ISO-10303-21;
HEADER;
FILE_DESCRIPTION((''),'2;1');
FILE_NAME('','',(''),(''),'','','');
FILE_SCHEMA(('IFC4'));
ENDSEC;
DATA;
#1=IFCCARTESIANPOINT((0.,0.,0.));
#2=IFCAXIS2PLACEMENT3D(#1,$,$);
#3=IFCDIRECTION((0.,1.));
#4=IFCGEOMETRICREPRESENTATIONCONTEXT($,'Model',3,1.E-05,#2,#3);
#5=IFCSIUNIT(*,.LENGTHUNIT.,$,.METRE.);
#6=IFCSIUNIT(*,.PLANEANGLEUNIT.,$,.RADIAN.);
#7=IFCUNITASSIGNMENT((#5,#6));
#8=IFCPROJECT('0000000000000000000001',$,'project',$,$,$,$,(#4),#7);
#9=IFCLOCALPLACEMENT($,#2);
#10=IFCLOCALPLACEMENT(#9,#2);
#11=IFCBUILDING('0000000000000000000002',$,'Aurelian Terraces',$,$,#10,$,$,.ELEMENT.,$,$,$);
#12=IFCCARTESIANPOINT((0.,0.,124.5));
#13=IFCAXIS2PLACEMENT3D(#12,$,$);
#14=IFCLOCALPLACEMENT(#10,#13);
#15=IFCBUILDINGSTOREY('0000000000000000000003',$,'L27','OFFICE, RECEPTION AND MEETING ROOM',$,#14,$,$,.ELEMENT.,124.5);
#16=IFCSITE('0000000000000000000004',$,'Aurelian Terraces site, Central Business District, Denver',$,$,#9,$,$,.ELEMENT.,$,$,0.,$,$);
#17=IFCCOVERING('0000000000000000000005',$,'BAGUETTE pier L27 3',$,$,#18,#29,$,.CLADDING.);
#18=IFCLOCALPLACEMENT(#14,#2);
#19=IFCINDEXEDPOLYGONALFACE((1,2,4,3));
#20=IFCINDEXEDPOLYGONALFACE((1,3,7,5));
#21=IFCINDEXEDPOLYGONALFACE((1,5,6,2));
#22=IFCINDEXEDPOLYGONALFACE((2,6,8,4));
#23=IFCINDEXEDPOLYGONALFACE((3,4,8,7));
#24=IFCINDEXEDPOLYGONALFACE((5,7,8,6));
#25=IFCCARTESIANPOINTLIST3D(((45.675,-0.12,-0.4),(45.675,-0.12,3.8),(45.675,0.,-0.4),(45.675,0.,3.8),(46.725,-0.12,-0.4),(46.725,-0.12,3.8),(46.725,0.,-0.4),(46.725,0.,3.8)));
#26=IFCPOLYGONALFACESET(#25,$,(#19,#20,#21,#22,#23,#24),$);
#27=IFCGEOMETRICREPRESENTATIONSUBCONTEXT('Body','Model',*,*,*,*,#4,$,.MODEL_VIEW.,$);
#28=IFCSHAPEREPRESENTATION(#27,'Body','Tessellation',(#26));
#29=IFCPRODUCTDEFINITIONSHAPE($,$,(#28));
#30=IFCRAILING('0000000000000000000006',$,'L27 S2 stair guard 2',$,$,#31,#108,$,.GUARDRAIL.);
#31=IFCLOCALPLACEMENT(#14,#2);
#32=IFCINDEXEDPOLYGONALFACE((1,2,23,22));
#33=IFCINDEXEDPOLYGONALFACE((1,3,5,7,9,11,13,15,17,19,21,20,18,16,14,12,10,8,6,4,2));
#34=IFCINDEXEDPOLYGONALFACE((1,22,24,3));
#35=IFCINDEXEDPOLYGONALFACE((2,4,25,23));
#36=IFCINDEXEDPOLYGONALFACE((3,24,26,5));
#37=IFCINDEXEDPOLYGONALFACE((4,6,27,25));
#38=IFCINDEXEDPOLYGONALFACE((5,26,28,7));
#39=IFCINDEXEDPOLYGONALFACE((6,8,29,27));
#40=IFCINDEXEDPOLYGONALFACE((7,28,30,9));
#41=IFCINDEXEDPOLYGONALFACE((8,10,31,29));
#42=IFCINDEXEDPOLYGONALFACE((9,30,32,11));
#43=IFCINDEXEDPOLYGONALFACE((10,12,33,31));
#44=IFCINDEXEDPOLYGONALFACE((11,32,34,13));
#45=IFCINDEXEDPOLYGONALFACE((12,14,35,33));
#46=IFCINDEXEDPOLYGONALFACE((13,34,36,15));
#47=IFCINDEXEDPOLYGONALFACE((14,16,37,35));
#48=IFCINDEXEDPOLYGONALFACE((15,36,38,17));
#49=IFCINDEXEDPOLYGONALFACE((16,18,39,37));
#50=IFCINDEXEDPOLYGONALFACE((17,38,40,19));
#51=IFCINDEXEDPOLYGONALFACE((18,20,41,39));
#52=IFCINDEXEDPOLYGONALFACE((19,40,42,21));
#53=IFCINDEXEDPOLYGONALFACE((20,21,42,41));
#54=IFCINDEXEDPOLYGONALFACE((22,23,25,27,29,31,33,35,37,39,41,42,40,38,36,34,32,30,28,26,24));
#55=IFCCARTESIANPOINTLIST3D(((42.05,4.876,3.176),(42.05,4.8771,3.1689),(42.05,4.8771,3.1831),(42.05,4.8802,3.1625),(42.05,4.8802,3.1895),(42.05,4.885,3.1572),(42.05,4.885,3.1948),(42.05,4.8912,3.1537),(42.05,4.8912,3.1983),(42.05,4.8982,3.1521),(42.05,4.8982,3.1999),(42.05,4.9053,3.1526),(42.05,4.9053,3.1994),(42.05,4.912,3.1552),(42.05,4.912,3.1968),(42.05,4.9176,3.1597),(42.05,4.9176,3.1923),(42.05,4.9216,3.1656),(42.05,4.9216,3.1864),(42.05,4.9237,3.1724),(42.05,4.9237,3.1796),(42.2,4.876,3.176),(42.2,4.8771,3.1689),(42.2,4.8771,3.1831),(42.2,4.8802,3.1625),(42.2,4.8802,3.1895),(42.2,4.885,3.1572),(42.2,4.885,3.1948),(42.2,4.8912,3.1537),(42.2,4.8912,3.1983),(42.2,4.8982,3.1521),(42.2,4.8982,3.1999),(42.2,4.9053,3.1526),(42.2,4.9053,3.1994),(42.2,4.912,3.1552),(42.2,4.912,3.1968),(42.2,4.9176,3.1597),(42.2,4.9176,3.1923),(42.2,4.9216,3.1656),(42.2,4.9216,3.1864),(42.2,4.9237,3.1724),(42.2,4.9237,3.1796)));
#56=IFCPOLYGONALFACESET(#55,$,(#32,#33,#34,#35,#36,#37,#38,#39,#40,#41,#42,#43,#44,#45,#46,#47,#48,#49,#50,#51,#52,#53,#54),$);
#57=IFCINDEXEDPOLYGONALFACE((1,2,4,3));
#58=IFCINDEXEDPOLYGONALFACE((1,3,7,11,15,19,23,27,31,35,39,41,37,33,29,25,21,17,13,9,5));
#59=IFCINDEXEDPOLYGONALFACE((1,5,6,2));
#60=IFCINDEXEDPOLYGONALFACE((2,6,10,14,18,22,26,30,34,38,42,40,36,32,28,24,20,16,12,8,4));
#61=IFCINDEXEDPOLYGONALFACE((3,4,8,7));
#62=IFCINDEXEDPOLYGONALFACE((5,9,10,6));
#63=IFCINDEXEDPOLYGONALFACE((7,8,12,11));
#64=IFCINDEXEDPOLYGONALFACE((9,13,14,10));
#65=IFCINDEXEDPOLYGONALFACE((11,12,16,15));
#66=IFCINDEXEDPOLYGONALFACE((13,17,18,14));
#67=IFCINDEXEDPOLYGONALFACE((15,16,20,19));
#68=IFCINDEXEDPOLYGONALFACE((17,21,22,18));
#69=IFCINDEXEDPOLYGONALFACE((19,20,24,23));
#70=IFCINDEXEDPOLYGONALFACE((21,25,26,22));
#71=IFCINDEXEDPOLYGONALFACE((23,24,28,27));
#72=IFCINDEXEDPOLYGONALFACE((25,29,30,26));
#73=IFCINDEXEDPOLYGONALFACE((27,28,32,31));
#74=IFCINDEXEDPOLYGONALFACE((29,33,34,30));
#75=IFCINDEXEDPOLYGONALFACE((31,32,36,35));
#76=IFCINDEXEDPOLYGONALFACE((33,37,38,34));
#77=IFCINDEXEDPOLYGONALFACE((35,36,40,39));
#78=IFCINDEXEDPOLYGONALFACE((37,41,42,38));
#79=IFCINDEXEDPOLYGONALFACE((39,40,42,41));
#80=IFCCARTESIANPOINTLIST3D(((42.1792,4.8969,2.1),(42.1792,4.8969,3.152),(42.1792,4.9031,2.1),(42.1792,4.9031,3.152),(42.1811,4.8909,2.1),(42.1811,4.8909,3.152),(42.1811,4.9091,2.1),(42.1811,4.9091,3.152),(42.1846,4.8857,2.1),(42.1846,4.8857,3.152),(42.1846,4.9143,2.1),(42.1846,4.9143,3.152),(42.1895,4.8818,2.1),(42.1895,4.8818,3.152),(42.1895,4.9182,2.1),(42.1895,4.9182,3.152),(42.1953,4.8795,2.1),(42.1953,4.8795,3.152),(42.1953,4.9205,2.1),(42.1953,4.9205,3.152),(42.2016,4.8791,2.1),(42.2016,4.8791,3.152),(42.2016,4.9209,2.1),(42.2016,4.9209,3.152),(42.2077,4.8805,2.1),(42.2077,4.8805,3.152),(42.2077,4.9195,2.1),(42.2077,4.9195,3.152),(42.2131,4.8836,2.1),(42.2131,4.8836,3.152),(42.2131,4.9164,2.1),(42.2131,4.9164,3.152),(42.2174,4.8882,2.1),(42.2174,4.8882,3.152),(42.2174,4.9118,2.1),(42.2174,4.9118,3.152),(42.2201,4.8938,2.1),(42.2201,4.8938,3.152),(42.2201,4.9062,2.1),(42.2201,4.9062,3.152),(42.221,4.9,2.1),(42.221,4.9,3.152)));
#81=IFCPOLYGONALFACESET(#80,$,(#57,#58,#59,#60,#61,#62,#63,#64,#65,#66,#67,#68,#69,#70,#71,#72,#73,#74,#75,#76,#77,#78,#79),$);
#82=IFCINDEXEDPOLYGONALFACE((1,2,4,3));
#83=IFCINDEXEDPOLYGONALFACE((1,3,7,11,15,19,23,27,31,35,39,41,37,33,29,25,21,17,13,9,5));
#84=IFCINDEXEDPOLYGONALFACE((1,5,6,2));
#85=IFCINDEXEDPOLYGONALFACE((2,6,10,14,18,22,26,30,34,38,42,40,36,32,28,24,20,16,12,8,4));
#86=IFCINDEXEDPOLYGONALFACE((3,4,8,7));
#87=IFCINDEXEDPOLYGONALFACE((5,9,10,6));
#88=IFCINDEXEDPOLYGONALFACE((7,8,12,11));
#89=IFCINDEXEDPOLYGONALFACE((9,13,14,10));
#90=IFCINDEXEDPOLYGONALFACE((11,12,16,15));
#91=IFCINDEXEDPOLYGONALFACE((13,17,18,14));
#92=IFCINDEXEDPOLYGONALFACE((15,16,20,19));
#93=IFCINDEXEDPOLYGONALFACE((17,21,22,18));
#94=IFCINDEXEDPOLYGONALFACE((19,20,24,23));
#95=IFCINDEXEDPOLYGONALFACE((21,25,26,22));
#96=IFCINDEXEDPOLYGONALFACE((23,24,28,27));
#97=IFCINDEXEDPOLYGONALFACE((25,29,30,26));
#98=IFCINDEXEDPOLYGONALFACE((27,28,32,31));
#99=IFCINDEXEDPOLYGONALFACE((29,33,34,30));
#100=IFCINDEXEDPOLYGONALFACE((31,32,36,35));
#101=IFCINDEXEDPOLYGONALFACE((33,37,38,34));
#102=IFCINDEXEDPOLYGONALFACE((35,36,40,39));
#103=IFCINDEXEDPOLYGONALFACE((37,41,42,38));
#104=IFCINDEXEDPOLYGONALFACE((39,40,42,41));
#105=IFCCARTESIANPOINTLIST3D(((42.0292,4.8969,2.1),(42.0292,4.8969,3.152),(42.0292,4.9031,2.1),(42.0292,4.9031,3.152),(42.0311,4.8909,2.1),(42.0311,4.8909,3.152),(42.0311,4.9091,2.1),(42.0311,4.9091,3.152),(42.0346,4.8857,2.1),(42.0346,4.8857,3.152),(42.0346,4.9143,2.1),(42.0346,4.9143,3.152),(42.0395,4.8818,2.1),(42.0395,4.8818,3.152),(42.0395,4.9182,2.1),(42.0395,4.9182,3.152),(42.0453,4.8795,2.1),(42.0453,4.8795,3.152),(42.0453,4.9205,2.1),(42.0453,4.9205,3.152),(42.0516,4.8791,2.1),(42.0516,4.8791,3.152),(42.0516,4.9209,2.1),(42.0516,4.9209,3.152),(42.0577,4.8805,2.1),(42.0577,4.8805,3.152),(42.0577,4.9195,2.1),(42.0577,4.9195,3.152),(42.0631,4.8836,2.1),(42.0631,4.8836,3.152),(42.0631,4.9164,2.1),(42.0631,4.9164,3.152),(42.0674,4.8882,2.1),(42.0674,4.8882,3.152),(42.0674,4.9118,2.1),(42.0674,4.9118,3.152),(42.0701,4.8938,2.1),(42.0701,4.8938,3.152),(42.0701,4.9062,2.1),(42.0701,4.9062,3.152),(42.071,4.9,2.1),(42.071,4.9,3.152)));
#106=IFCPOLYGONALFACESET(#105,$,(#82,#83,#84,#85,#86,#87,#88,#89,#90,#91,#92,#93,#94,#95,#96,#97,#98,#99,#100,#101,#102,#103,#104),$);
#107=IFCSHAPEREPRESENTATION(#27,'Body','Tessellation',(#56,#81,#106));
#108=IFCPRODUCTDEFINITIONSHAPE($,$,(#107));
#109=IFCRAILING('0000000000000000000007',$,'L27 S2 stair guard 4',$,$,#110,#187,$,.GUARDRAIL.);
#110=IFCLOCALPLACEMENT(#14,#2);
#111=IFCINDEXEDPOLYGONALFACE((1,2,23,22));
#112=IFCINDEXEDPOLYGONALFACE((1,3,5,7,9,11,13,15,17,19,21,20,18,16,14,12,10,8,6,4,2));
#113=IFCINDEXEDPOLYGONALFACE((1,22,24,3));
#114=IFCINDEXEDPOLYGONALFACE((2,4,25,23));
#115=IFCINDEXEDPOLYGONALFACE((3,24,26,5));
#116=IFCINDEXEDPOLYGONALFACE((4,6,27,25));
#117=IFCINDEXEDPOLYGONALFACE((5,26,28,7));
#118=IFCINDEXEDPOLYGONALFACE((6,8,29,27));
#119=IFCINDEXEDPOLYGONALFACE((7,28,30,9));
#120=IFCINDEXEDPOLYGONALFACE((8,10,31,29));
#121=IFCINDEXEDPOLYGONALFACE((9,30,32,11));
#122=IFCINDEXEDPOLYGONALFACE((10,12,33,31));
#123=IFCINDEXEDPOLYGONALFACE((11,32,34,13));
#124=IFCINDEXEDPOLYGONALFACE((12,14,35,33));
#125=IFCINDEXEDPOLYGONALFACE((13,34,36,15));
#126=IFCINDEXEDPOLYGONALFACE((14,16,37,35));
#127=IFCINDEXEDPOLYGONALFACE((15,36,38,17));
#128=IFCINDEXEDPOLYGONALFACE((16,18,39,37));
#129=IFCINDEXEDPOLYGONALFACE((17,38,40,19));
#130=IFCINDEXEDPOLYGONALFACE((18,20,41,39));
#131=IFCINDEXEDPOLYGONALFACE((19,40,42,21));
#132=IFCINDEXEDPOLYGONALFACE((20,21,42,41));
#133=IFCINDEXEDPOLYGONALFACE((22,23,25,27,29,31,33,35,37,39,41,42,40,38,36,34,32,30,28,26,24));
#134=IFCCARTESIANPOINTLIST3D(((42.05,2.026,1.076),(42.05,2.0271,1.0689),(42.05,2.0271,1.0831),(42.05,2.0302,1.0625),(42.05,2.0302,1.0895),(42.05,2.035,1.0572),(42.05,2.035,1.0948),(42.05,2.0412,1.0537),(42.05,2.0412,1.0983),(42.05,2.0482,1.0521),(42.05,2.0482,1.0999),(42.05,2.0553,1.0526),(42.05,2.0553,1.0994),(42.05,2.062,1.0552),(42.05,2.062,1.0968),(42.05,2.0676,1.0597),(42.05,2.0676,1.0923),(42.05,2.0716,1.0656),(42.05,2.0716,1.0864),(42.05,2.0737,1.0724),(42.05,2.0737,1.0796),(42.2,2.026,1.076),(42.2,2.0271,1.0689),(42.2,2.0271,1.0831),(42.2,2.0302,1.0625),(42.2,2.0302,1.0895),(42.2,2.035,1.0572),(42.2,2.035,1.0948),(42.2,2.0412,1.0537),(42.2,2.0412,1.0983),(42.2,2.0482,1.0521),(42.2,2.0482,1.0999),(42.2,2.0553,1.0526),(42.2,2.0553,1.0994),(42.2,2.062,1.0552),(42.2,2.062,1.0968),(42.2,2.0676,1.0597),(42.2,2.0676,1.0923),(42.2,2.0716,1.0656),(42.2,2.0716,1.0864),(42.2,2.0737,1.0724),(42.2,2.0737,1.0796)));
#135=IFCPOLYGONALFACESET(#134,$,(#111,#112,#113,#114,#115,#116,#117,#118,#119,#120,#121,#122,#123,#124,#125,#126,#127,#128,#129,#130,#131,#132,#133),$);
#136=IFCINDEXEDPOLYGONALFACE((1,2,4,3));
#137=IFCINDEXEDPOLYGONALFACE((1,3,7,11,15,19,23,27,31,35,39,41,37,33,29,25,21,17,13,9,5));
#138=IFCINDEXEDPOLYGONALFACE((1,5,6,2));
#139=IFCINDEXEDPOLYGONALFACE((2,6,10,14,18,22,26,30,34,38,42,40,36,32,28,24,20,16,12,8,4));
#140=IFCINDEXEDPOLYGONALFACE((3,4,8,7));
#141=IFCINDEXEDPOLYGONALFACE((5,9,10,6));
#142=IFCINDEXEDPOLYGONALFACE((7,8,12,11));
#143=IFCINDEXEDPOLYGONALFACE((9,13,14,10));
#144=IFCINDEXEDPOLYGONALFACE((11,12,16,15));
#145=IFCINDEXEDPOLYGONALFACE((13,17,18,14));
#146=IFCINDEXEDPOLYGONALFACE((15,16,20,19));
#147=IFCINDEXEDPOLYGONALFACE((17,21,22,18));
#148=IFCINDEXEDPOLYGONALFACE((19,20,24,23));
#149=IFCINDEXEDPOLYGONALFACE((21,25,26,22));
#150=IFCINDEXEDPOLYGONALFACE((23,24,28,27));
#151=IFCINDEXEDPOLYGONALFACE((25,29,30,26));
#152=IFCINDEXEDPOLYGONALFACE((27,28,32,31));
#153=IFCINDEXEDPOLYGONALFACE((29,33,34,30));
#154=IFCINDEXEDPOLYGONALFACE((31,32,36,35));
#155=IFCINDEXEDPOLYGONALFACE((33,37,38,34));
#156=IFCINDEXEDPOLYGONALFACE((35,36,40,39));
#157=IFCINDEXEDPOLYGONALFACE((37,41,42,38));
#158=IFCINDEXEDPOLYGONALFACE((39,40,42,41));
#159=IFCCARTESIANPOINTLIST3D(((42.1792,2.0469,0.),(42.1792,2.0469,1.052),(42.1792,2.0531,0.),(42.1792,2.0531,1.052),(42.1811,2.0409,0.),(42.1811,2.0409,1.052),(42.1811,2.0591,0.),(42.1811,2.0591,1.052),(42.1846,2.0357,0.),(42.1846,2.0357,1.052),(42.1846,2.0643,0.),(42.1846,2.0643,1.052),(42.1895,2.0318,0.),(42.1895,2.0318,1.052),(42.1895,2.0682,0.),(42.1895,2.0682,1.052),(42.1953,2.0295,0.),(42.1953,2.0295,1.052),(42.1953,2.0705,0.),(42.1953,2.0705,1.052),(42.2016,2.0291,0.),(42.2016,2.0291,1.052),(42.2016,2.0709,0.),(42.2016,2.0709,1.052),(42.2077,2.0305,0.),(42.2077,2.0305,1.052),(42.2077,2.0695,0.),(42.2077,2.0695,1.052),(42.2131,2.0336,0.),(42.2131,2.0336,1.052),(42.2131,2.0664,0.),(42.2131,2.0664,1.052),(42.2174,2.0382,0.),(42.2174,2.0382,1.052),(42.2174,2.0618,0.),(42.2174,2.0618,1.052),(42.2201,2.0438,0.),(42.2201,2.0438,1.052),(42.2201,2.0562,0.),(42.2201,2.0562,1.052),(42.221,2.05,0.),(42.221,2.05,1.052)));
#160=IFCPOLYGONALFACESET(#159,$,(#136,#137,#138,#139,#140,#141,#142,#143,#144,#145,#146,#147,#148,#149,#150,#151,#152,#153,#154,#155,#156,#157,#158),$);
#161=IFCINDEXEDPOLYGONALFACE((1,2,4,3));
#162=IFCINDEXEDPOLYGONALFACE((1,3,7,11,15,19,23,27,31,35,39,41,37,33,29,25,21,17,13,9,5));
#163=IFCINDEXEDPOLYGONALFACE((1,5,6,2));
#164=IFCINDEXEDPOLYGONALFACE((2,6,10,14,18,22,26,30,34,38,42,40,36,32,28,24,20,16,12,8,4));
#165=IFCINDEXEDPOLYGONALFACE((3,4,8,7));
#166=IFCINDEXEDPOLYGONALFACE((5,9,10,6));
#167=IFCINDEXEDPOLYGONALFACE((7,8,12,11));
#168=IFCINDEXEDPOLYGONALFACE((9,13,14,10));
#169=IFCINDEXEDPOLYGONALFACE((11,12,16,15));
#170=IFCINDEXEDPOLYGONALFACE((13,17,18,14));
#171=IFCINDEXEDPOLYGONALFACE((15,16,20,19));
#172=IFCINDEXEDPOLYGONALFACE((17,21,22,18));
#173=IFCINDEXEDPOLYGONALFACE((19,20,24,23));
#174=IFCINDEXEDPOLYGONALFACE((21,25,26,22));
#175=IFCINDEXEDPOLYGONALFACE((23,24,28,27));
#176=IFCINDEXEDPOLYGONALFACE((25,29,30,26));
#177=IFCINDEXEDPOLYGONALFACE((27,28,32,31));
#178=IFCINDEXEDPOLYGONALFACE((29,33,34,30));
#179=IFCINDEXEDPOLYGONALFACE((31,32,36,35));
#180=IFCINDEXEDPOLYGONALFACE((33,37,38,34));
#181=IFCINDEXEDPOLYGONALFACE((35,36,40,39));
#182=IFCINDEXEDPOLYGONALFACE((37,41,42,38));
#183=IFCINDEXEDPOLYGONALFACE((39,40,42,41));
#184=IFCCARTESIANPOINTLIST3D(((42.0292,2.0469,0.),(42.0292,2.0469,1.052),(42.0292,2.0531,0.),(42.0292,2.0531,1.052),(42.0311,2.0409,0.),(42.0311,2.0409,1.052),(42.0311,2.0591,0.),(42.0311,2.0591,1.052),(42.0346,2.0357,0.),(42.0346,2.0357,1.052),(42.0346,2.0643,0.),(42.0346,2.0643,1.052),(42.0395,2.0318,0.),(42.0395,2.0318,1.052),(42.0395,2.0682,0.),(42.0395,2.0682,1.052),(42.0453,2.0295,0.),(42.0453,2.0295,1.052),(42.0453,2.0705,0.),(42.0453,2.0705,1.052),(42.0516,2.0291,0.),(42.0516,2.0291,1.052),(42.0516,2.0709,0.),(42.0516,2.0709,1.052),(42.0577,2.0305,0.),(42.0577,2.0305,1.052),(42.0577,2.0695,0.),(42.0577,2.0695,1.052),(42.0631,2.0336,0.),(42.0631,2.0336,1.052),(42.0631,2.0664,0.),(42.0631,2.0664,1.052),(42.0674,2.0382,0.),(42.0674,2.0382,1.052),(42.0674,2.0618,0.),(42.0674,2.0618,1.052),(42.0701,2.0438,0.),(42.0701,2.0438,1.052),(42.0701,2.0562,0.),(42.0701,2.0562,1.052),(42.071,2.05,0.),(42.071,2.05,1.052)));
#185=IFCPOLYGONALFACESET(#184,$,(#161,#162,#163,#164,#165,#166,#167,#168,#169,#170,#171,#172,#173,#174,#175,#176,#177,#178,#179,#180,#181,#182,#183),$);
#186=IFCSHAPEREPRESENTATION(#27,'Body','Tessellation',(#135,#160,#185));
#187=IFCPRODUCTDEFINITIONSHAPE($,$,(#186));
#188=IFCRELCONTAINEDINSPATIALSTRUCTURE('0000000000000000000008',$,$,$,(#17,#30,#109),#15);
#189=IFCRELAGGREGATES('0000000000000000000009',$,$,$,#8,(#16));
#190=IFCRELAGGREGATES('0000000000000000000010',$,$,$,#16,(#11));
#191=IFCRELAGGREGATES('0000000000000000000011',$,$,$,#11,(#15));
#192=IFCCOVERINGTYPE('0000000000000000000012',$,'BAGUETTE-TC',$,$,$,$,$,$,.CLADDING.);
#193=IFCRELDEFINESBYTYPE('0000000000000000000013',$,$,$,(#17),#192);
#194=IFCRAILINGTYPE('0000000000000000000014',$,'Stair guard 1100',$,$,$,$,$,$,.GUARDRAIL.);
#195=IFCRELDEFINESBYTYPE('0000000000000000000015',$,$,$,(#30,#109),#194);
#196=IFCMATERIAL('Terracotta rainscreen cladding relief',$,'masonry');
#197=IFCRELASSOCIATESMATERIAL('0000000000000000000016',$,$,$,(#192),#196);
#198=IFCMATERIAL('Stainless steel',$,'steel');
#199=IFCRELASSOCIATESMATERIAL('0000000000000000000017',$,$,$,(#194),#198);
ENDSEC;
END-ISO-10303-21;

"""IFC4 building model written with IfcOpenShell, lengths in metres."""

from ifc_helpers import new_model, si_unit, direction, frame, origin, origin_2d, place, context, subcontext, project, spatial, rectangle, circle, extrude, source, transform, mapped, material, type_object, element, save


model = new_model("IFC4")

# Units and contexts
model_context = context("Model", 3, precision=1e-05, world=origin(), true_north=direction((0.0, 1.0)))
body_context = subcontext(model_context, "Body", "Model", "MODEL_VIEW")
ifc_project = project(units=[si_unit("LENGTHUNIT", "METRE"), si_unit("PLANEANGLEUNIT", "RADIAN")], contexts=[model_context])

# Site, building, storey
site_placement = place(None, origin())
site = spatial("IfcSite", under=ifc_project, at=site_placement, Name="Aurelian Terraces site, Central Business District, Denver", CompositionType="ELEMENT", RefElevation=0.0)
building_placement = place(site_placement, origin())
building = spatial("IfcBuilding", under=site, at=building_placement, Name="Aurelian Terraces", CompositionType="ELEMENT")
storey_placement = place(building_placement, frame((0.0, 0.0, 124.5)))
storey = spatial("IfcBuildingStorey", under=building, at=storey_placement, Name="L27", Description="OFFICE, RECEPTION AND MEETING ROOM", CompositionType="ELEMENT", Elevation=124.5)

# Covering
ifc_material_1 = material(Name="Terracotta rainscreen cladding relief", Category="masonry")
covering_type = type_object("IfcCoveringType", Name="BAGUETTE-TC", PredefinedType="CLADDING", material=ifc_material_1)
shared_shape_1 = source(origin(), body_context, "Body", "SweptSolid", [
    extrude(rectangle(XDim=1.05, YDim=0.12, at=origin_2d()), origin(), (0.0, 0.0, 1.0), 4.2),
])
covering_placement = place(storey_placement, frame((46.2, -0.06, -0.4), z_axis=(0.0, 0.0, 1.0), x_axis=(1.0, 0.0, 0.0)))
element("IfcCovering", 1, at=covering_placement, inside=storey, type_object=covering_type, Name="BAGUETTE pier L27 3", PredefinedType="CLADDING", context=body_context, shape_type="MappedRepresentation", body=[
    mapped(shared_shape_1, transform((0.0, 0.0, 0.0), scale=1.0)),
])

# Railings
ifc_material_2 = material(Name="Stainless steel", Category="steel")
railing_type_1 = type_object("IfcRailingType", Name="Stair guard 1100", PredefinedType="GUARDRAIL", material=ifc_material_2)
shared_shape_2 = source(origin(), body_context, "Body", "SweptSolid", [
    extrude(circle(Radius=0.024, at=origin_2d()), frame((0.0, 0.0, 1.076), z_axis=(-1.0, 0.0, 0.0), x_axis=(0.0, -1.0, 0.0)), (0.0, 0.0, 1.0), 0.15),
    extrude(circle(Radius=0.021, at=origin_2d()), origin(), (0.0, 0.0, 1.0), 1.052),
    extrude(circle(Radius=0.021, at=origin_2d()), frame((-0.15, 0.0, 0.0)), (0.0, 0.0, 1.0), 1.052),
])
for number, where, name in (
    (2, (42.2, 4.9, 2.1), "L27 S2 stair guard 2"),
    (3, (42.2, 2.05, 0.0), "L27 S2 stair guard 4"),
):
    element("IfcRailing", number, at=place(storey_placement, frame(where)), inside=storey, type_object=railing_type_1, Name=name, PredefinedType="GUARDRAIL", context=body_context, shape_type="MappedRepresentation", body=[
        mapped(shared_shape_2, transform((0.0, 0.0, 0.0), scale=1.0)),
    ])

save(model, "model.ifc")
